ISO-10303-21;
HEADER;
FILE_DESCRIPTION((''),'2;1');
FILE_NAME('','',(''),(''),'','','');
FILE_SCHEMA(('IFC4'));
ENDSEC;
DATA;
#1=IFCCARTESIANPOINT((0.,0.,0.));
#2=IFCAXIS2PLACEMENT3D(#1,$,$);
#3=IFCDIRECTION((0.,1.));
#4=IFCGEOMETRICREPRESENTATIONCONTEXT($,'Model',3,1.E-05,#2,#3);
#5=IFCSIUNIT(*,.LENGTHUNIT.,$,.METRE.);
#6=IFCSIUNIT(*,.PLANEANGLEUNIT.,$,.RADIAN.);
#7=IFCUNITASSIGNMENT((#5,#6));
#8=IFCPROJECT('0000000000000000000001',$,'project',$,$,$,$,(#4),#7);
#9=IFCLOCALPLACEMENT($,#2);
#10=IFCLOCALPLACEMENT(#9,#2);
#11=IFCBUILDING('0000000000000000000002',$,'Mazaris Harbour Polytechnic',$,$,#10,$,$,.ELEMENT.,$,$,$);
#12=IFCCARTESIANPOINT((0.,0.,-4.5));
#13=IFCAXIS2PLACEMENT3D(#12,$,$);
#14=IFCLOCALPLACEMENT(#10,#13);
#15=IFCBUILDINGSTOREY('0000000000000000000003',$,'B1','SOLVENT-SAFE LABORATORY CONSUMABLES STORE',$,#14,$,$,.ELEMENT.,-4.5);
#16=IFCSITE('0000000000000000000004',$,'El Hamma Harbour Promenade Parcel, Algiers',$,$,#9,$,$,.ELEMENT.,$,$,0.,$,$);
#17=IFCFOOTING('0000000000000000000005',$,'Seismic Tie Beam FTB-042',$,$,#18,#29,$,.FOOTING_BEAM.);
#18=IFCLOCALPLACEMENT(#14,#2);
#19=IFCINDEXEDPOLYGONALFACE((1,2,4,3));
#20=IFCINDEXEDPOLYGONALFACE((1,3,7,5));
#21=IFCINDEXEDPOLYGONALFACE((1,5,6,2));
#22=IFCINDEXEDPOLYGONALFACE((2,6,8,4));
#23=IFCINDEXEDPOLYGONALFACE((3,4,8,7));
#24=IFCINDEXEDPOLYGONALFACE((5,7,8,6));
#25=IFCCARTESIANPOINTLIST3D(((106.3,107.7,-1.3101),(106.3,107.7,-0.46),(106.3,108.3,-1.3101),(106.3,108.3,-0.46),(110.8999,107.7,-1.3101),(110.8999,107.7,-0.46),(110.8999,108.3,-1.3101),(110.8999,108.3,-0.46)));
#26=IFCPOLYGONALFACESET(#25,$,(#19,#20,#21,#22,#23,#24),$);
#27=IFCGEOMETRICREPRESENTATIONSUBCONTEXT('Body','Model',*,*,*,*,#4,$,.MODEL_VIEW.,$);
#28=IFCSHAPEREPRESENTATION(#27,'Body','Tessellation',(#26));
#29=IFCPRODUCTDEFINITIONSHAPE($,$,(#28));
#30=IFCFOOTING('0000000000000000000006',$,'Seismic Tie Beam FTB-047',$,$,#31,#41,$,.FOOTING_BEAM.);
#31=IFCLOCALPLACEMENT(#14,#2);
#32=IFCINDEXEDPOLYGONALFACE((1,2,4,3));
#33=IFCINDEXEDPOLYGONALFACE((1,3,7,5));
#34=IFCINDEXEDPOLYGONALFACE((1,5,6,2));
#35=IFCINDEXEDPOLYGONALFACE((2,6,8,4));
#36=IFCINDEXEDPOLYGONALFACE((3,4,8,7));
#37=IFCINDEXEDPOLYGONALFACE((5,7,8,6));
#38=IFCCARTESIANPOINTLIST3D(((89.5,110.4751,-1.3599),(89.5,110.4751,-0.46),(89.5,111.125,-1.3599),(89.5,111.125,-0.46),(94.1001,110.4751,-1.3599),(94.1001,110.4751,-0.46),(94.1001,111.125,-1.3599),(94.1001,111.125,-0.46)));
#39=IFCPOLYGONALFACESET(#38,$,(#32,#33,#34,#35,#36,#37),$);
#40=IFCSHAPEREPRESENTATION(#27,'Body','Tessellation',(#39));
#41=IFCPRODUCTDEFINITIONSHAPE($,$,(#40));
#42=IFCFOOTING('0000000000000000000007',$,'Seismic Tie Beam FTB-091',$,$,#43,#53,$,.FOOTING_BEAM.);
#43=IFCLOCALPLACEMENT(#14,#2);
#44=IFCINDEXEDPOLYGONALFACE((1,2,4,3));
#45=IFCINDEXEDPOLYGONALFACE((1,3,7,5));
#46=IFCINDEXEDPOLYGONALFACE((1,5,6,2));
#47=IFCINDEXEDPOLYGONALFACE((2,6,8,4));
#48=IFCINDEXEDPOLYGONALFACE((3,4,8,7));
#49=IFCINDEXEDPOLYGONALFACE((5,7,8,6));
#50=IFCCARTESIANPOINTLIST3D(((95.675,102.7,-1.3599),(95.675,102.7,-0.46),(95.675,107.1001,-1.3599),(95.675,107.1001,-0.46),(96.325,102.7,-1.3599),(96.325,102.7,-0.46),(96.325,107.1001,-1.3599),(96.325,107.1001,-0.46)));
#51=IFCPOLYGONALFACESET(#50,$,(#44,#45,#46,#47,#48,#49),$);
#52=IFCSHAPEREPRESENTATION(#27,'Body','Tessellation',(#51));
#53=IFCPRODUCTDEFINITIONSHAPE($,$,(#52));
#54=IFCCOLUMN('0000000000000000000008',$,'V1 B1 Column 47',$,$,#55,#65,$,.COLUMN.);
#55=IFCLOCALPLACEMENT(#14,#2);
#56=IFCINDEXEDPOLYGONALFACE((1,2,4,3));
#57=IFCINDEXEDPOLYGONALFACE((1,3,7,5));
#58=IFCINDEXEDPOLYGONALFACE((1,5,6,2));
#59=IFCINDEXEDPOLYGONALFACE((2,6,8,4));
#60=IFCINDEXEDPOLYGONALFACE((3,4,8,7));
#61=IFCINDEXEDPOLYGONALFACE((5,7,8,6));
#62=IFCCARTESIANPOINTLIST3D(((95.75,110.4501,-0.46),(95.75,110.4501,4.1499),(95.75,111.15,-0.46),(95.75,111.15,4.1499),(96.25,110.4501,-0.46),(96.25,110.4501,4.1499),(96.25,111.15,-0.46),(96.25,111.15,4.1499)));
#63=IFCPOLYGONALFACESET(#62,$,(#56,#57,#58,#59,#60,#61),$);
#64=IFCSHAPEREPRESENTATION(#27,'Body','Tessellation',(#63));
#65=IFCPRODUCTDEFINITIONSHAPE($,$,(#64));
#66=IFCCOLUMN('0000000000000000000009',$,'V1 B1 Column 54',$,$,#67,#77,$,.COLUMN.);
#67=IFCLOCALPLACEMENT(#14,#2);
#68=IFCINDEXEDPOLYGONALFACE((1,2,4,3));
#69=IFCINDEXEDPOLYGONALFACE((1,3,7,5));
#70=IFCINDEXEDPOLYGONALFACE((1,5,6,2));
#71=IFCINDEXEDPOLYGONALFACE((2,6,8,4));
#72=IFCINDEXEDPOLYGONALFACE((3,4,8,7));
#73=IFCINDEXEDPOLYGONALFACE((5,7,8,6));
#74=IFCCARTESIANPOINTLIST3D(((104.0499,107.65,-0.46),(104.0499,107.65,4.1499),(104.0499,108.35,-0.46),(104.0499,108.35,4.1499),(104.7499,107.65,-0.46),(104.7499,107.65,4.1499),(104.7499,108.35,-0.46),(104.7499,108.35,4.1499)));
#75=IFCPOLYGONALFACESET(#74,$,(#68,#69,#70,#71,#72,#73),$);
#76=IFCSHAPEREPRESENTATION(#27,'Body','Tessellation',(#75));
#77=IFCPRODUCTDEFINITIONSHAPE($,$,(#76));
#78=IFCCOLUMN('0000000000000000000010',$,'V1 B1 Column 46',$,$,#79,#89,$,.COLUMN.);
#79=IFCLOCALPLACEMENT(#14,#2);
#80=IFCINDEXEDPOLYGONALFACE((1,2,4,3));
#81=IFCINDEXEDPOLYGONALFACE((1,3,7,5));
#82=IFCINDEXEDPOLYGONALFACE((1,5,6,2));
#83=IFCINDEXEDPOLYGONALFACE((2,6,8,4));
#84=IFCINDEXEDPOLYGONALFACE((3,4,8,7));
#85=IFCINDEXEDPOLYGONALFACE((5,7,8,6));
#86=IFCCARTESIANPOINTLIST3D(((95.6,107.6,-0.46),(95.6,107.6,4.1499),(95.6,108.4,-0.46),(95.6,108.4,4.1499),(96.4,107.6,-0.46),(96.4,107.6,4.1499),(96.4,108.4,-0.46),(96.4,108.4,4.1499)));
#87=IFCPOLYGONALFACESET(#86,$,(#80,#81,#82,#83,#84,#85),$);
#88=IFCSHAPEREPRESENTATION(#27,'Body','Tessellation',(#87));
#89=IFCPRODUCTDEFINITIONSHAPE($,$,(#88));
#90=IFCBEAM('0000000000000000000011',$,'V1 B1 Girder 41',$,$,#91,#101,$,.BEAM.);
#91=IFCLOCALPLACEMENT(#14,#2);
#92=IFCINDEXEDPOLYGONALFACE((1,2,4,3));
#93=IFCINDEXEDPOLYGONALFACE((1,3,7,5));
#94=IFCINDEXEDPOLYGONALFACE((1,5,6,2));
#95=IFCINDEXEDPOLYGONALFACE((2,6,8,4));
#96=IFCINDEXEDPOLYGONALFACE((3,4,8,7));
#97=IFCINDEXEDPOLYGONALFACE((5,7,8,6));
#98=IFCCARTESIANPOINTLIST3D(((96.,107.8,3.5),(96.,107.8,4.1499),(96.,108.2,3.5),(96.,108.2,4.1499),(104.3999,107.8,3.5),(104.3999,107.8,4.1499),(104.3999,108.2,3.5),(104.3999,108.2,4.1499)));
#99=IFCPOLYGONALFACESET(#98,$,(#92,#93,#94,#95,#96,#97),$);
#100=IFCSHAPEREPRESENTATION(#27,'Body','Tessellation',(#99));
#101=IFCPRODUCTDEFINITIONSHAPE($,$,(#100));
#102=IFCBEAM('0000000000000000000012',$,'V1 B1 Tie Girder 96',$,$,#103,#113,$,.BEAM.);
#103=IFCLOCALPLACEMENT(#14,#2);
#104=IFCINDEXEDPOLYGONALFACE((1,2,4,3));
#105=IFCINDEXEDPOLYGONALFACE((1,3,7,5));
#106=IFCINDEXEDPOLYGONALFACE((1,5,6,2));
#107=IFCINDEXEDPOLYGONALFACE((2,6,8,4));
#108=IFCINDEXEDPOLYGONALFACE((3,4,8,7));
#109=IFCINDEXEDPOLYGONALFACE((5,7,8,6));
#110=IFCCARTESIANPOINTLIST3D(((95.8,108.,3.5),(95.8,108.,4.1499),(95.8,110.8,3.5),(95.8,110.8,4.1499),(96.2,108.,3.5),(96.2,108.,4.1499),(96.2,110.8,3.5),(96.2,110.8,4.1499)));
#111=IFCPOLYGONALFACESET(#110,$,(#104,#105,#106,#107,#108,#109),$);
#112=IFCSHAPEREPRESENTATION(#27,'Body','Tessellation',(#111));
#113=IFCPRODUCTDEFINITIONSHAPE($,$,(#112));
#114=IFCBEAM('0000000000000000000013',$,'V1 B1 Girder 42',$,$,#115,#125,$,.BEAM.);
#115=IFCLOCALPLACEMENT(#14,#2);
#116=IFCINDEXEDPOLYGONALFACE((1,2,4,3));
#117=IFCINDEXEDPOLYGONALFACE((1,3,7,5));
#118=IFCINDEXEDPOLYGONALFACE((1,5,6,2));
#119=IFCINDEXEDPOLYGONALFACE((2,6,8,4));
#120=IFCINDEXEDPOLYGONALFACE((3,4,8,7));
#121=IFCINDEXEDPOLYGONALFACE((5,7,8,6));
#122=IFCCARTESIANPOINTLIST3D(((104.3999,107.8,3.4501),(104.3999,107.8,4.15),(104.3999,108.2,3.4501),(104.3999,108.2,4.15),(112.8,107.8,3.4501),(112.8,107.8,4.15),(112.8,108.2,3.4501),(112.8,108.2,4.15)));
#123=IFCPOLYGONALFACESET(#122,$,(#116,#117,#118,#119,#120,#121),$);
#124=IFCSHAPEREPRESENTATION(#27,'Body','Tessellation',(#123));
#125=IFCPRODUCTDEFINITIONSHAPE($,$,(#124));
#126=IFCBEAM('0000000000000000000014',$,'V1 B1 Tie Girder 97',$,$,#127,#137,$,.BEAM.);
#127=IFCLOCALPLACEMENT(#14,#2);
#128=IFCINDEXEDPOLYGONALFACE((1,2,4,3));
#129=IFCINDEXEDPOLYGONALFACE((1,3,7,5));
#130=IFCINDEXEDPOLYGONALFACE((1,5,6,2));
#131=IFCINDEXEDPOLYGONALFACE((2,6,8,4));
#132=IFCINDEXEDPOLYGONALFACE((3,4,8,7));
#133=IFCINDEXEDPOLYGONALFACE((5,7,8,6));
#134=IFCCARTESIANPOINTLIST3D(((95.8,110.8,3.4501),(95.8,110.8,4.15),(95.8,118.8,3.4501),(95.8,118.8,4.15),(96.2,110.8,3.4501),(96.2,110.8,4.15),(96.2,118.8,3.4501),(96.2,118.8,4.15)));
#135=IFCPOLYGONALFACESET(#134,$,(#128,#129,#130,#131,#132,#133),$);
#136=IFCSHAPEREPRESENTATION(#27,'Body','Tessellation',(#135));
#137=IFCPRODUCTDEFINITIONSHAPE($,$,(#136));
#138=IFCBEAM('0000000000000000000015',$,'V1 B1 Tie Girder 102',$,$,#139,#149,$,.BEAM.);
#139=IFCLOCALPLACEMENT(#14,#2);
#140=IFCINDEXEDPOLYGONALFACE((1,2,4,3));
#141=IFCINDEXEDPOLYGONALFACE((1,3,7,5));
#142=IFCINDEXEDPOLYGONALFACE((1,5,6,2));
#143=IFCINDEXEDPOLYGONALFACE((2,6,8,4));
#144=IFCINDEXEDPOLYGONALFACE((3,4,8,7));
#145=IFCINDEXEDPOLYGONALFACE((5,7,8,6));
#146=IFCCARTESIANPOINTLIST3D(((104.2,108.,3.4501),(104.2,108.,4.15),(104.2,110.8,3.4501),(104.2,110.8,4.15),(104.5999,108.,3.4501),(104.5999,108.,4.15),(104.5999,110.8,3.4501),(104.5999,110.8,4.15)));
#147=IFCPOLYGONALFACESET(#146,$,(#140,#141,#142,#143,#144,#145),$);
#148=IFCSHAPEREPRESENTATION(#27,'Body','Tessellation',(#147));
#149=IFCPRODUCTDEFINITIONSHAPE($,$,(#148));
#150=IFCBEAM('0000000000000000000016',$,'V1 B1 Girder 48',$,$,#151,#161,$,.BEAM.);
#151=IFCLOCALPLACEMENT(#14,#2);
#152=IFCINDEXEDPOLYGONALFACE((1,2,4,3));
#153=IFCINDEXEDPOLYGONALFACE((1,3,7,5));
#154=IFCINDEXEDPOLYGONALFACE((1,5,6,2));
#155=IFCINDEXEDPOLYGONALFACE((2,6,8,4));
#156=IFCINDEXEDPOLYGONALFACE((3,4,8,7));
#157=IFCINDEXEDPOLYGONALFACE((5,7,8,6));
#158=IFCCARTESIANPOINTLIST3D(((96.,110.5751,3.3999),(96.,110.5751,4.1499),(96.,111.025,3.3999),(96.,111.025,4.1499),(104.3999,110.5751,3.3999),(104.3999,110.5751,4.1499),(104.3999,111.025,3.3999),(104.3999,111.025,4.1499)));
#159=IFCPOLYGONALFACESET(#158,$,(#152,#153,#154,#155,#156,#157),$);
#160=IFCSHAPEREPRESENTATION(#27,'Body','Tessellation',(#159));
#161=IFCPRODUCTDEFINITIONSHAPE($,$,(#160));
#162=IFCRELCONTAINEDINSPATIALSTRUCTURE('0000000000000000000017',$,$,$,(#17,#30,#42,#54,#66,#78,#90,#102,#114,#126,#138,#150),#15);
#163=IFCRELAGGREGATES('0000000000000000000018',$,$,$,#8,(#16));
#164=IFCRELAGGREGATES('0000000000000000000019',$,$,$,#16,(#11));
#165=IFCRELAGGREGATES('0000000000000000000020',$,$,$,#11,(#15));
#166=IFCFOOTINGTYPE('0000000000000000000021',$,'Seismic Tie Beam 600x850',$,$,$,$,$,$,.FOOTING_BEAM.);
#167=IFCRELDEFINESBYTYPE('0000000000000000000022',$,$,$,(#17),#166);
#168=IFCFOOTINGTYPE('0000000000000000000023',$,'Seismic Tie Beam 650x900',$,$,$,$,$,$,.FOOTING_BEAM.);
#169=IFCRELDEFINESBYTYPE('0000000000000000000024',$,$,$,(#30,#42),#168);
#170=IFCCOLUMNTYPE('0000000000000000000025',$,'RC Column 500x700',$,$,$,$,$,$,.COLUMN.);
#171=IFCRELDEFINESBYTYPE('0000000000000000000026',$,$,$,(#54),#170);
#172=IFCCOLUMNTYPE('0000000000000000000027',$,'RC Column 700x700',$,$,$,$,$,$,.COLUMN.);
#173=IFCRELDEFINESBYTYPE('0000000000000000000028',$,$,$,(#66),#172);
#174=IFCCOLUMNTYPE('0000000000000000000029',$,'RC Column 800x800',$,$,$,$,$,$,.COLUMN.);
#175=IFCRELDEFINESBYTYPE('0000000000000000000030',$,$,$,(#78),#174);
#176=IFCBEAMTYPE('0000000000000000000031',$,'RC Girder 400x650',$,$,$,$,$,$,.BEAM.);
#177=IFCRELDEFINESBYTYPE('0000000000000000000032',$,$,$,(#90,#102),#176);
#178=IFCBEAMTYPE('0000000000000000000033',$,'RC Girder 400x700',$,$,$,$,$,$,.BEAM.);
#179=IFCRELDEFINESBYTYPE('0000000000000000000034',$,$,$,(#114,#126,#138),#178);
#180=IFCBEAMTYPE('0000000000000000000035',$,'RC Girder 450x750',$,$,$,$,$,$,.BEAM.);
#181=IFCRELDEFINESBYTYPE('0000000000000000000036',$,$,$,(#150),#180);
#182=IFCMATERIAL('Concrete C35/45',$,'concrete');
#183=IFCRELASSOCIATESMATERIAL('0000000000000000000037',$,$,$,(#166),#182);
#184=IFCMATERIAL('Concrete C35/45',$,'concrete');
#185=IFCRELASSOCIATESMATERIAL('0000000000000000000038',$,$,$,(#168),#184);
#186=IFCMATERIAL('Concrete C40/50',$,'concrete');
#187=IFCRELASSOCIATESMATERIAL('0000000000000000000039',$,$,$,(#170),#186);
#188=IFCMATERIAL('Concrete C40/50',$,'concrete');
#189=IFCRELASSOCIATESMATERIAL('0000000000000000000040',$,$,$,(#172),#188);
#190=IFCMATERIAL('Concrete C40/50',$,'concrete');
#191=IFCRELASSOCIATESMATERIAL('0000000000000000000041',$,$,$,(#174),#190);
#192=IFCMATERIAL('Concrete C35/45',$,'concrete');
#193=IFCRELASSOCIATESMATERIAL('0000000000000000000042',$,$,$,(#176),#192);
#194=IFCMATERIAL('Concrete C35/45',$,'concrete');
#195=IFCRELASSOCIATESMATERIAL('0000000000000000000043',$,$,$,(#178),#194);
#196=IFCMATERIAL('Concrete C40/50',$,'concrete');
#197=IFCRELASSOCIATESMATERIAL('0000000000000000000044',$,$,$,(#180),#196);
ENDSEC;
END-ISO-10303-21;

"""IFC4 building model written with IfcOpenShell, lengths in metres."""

from ifc_helpers import new_model, si_unit, direction, frame, origin, origin_2d, place, context, subcontext, project, spatial, rectangle, extrude, material, material_profile, profile_set, type_object, element, save


model = new_model("IFC4")

# Units and contexts
model_context = context("Model", 3, precision=1e-05, world=origin(), true_north=direction((0.0, 1.0)))
body_context = subcontext(model_context, "Body", "Model", "MODEL_VIEW")
ifc_project = project(units=[si_unit("LENGTHUNIT", "METRE"), si_unit("PLANEANGLEUNIT", "RADIAN")], contexts=[model_context])

# Site, building, storey
site_placement = place(None, origin())
site = spatial("IfcSite", under=ifc_project, at=site_placement, Name="El Hamma Harbour Promenade Parcel, Algiers", CompositionType="ELEMENT", RefElevation=0.0)
building_placement = place(site_placement, origin())
building = spatial("IfcBuilding", under=site, at=building_placement, Name="Mazaris Harbour Polytechnic", CompositionType="ELEMENT")
storey_placement = place(building_placement, frame((0.0, 0.0, -4.5)))
storey = spatial("IfcBuildingStorey", under=building, at=storey_placement, Name="B1", Description="SOLVENT-SAFE LABORATORY CONSUMABLES STORE", CompositionType="ELEMENT", Elevation=-4.5)

# Footings
ifc_material_1 = material(Name="Concrete C35/45", Category="concrete")
ifc_material_profile_1 = material_profile(ifc_material_1, rectangle(XDim=0.6001, YDim=0.8501, at=origin_2d()), Name="RECT600x850")
ifc_profile_set_1 = profile_set([ifc_material_profile_1], Name="Concrete C35/45")
footing_type_1 = type_object("IfcFootingType", Name="Seismic Tie Beam 600x850", PredefinedType="FOOTING_BEAM", material=ifc_profile_set_1)
footing_1_placement = place(storey_placement, frame((106.3, 108.0, -0.885), z_axis=(1.0, 0.0, 0.0), x_axis=(0.0, 1.0, 0.0)))
element("IfcFooting", 1, at=footing_1_placement, inside=storey, type_object=footing_type_1, Name="Seismic Tie Beam FTB-042", PredefinedType="FOOTING_BEAM", context=body_context, shape_type="SweptSolid", body=[
    extrude(rectangle(XDim=0.6001, YDim=0.8501, at=origin_2d()), origin(), (0.0, 0.0, 1.0), 4.5999),
])
ifc_material_2 = material(Name="Concrete C35/45", Category="concrete")
ifc_material_profile_2 = material_profile(ifc_material_2, rectangle(XDim=0.6499, YDim=0.8999, at=origin_2d()), Name="RECT650x900")
ifc_profile_set_2 = profile_set([ifc_material_profile_2], Name="Concrete C35/45")
footing_type_2 = type_object("IfcFootingType", Name="Seismic Tie Beam 650x900", PredefinedType="FOOTING_BEAM", material=ifc_profile_set_2)
footing_2_placement = place(storey_placement, frame((89.5, 110.8, -0.9099), z_axis=(1.0, 0.0, 0.0), x_axis=(0.0, 1.0, 0.0)))
element("IfcFooting", 2, at=footing_2_placement, inside=storey, type_object=footing_type_2, Name="Seismic Tie Beam FTB-047", PredefinedType="FOOTING_BEAM", context=body_context, shape_type="SweptSolid", body=[
    extrude(rectangle(XDim=0.6499, YDim=0.8999, at=origin_2d()), origin(), (0.0, 0.0, 1.0), 4.6001),
])
footing_3_placement = place(storey_placement, frame((96.0, 102.7, -0.9099), z_axis=(0.0, 1.0, 0.0), x_axis=(-1.0, 0.0, 0.0)))
element("IfcFooting", 3, at=footing_3_placement, inside=storey, type_object=footing_type_2, Name="Seismic Tie Beam FTB-091", PredefinedType="FOOTING_BEAM", context=body_context, shape_type="SweptSolid", body=[
    extrude(rectangle(XDim=0.6499, YDim=0.8999, at=origin_2d()), origin(), (0.0, 0.0, 1.0), 4.4001),
])

# Columns
ifc_material_3 = material(Name="Concrete C40/50", Category="concrete")
ifc_material_profile_3 = material_profile(ifc_material_3, rectangle(XDim=0.5, YDim=0.7, at=origin_2d()), Name="RECT500x700")
ifc_profile_set_3 = profile_set([ifc_material_profile_3], Name="Concrete C40/50")
column_type_1 = type_object("IfcColumnType", Name="RC Column 500x700", PredefinedType="COLUMN", material=ifc_profile_set_3)
column_1_placement = place(storey_placement, frame((96.0, 110.8, -0.46), z_axis=(0.0, 0.0, 1.0), x_axis=(1.0, 0.0, 0.0)))
element("IfcColumn", 4, at=column_1_placement, inside=storey, type_object=column_type_1, Name="V1 B1 Column 47", PredefinedType="COLUMN", context=body_context, shape_type="SweptSolid", body=[
    extrude(rectangle(XDim=0.5, YDim=0.7, at=origin_2d()), origin(), (0.0, 0.0, 1.0), 4.6099),
])
ifc_material_4 = material(Name="Concrete C40/50", Category="concrete")
ifc_material_profile_4 = material_profile(ifc_material_4, rectangle(XDim=0.7, YDim=0.7, at=origin_2d()), Name="RECT700x700")
ifc_profile_set_4 = profile_set([ifc_material_profile_4], Name="Concrete C40/50")
column_type_2 = type_object("IfcColumnType", Name="RC Column 700x700", PredefinedType="COLUMN", material=ifc_profile_set_4)
column_2_placement = place(storey_placement, frame((104.3999, 108.0, -0.46), z_axis=(0.0, 0.0, 1.0), x_axis=(1.0, 0.0, 0.0)))
element("IfcColumn", 5, at=column_2_placement, inside=storey, type_object=column_type_2, Name="V1 B1 Column 54", PredefinedType="COLUMN", context=body_context, shape_type="SweptSolid", body=[
    extrude(rectangle(XDim=0.7, YDim=0.7, at=origin_2d()), origin(), (0.0, 0.0, 1.0), 4.6099),
])
ifc_material_5 = material(Name="Concrete C40/50", Category="concrete")
ifc_material_profile_5 = material_profile(ifc_material_5, rectangle(XDim=0.8, YDim=0.8, at=origin_2d()), Name="RECT800x800")
ifc_profile_set_5 = profile_set([ifc_material_profile_5], Name="Concrete C40/50")
column_type_3 = type_object("IfcColumnType", Name="RC Column 800x800", PredefinedType="COLUMN", material=ifc_profile_set_5)
column_3_placement = place(storey_placement, frame((96.0, 108.0, -0.46), z_axis=(0.0, 0.0, 1.0), x_axis=(1.0, 0.0, 0.0)))
element("IfcColumn", 6, at=column_3_placement, inside=storey, type_object=column_type_3, Name="V1 B1 Column 46", PredefinedType="COLUMN", context=body_context, shape_type="SweptSolid", body=[
    extrude(rectangle(XDim=0.8, YDim=0.8, at=origin_2d()), origin(), (0.0, 0.0, 1.0), 4.6099),
])

# Beams
ifc_material_6 = material(Name="Concrete C35/45", Category="concrete")
ifc_material_profile_6 = material_profile(ifc_material_6, rectangle(XDim=0.3999, YDim=0.6499, at=origin_2d()), Name="RECT400x650")
ifc_profile_set_6 = profile_set([ifc_material_profile_6], Name="Concrete C35/45")
beam_type_1 = type_object("IfcBeamType", Name="RC Girder 400x650", PredefinedType="BEAM", material=ifc_profile_set_6)
beam_1_placement = place(storey_placement, frame((96.0, 108.0, 3.825), z_axis=(1.0, 0.0, 0.0), x_axis=(0.0, 1.0, 0.0)))
element("IfcBeam", 7, at=beam_1_placement, inside=storey, type_object=beam_type_1, Name="V1 B1 Girder 41", PredefinedType="BEAM", context=body_context, shape_type="SweptSolid", body=[
    extrude(rectangle(XDim=0.3999, YDim=0.6499, at=origin_2d()), origin(), (0.0, 0.0, 1.0), 8.3999),
])
beam_2_placement = place(storey_placement, frame((96.0, 108.0, 3.825), z_axis=(0.0, 1.0, 0.0), x_axis=(-1.0, 0.0, 0.0)))
element("IfcBeam", 8, at=beam_2_placement, inside=storey, type_object=beam_type_1, Name="V1 B1 Tie Girder 96", PredefinedType="BEAM", context=body_context, shape_type="SweptSolid", body=[
    extrude(rectangle(XDim=0.3999, YDim=0.6499, at=origin_2d()), origin(), (0.0, 0.0, 1.0), 2.8),
])
ifc_material_7 = material(Name="Concrete C35/45", Category="concrete")
ifc_material_profile_7 = material_profile(ifc_material_7, rectangle(XDim=0.3999, YDim=0.7, at=origin_2d()), Name="RECT400x700")
ifc_profile_set_7 = profile_set([ifc_material_profile_7], Name="Concrete C35/45")
beam_type_2 = type_object("IfcBeamType", Name="RC Girder 400x700", PredefinedType="BEAM", material=ifc_profile_set_7)
beam_3_placement = place(storey_placement, frame((104.3999, 108.0, 3.8), z_axis=(1.0, 0.0, 0.0), x_axis=(0.0, 1.0, 0.0)))
element("IfcBeam", 9, at=beam_3_placement, inside=storey, type_object=beam_type_2, Name="V1 B1 Girder 42", PredefinedType="BEAM", context=body_context, shape_type="SweptSolid", body=[
    extrude(rectangle(XDim=0.3999, YDim=0.7, at=origin_2d()), origin(), (0.0, 0.0, 1.0), 8.4001),
])
beam_4_placement = place(storey_placement, frame((96.0, 110.8, 3.8), z_axis=(0.0, 1.0, 0.0), x_axis=(-1.0, 0.0, 0.0)))
element("IfcBeam", 10, at=beam_4_placement, inside=storey, type_object=beam_type_2, Name="V1 B1 Tie Girder 97", PredefinedType="BEAM", context=body_context, shape_type="SweptSolid", body=[
    extrude(rectangle(XDim=0.3999, YDim=0.7, at=origin_2d()), origin(), (0.0, 0.0, 1.0), 8.0),
])
beam_5_placement = place(storey_placement, frame((104.3999, 108.0, 3.8), z_axis=(0.0, 1.0, 0.0), x_axis=(-1.0, 0.0, 0.0)))
element("IfcBeam", 11, at=beam_5_placement, inside=storey, type_object=beam_type_2, Name="V1 B1 Tie Girder 102", PredefinedType="BEAM", context=body_context, shape_type="SweptSolid", body=[
    extrude(rectangle(XDim=0.3999, YDim=0.7, at=origin_2d()), origin(), (0.0, 0.0, 1.0), 2.8),
])
ifc_material_8 = material(Name="Concrete C40/50", Category="concrete")
ifc_material_profile_8 = material_profile(ifc_material_8, rectangle(XDim=0.45, YDim=0.75, at=origin_2d()), Name="RECT450x750")
ifc_profile_set_8 = profile_set([ifc_material_profile_8], Name="Concrete C40/50")
beam_type_3 = type_object("IfcBeamType", Name="RC Girder 450x750", PredefinedType="BEAM", material=ifc_profile_set_8)
beam_6_placement = place(storey_placement, frame((96.0, 110.8, 3.7749), z_axis=(1.0, 0.0, 0.0), x_axis=(0.0, 1.0, 0.0)))
element("IfcBeam", 12, at=beam_6_placement, inside=storey, type_object=beam_type_3, Name="V1 B1 Girder 48", PredefinedType="BEAM", context=body_context, shape_type="SweptSolid", body=[
    extrude(rectangle(XDim=0.45, YDim=0.75, at=origin_2d()), origin(), (0.0, 0.0, 1.0), 8.3999),
])

save(model, "model.ifc")
